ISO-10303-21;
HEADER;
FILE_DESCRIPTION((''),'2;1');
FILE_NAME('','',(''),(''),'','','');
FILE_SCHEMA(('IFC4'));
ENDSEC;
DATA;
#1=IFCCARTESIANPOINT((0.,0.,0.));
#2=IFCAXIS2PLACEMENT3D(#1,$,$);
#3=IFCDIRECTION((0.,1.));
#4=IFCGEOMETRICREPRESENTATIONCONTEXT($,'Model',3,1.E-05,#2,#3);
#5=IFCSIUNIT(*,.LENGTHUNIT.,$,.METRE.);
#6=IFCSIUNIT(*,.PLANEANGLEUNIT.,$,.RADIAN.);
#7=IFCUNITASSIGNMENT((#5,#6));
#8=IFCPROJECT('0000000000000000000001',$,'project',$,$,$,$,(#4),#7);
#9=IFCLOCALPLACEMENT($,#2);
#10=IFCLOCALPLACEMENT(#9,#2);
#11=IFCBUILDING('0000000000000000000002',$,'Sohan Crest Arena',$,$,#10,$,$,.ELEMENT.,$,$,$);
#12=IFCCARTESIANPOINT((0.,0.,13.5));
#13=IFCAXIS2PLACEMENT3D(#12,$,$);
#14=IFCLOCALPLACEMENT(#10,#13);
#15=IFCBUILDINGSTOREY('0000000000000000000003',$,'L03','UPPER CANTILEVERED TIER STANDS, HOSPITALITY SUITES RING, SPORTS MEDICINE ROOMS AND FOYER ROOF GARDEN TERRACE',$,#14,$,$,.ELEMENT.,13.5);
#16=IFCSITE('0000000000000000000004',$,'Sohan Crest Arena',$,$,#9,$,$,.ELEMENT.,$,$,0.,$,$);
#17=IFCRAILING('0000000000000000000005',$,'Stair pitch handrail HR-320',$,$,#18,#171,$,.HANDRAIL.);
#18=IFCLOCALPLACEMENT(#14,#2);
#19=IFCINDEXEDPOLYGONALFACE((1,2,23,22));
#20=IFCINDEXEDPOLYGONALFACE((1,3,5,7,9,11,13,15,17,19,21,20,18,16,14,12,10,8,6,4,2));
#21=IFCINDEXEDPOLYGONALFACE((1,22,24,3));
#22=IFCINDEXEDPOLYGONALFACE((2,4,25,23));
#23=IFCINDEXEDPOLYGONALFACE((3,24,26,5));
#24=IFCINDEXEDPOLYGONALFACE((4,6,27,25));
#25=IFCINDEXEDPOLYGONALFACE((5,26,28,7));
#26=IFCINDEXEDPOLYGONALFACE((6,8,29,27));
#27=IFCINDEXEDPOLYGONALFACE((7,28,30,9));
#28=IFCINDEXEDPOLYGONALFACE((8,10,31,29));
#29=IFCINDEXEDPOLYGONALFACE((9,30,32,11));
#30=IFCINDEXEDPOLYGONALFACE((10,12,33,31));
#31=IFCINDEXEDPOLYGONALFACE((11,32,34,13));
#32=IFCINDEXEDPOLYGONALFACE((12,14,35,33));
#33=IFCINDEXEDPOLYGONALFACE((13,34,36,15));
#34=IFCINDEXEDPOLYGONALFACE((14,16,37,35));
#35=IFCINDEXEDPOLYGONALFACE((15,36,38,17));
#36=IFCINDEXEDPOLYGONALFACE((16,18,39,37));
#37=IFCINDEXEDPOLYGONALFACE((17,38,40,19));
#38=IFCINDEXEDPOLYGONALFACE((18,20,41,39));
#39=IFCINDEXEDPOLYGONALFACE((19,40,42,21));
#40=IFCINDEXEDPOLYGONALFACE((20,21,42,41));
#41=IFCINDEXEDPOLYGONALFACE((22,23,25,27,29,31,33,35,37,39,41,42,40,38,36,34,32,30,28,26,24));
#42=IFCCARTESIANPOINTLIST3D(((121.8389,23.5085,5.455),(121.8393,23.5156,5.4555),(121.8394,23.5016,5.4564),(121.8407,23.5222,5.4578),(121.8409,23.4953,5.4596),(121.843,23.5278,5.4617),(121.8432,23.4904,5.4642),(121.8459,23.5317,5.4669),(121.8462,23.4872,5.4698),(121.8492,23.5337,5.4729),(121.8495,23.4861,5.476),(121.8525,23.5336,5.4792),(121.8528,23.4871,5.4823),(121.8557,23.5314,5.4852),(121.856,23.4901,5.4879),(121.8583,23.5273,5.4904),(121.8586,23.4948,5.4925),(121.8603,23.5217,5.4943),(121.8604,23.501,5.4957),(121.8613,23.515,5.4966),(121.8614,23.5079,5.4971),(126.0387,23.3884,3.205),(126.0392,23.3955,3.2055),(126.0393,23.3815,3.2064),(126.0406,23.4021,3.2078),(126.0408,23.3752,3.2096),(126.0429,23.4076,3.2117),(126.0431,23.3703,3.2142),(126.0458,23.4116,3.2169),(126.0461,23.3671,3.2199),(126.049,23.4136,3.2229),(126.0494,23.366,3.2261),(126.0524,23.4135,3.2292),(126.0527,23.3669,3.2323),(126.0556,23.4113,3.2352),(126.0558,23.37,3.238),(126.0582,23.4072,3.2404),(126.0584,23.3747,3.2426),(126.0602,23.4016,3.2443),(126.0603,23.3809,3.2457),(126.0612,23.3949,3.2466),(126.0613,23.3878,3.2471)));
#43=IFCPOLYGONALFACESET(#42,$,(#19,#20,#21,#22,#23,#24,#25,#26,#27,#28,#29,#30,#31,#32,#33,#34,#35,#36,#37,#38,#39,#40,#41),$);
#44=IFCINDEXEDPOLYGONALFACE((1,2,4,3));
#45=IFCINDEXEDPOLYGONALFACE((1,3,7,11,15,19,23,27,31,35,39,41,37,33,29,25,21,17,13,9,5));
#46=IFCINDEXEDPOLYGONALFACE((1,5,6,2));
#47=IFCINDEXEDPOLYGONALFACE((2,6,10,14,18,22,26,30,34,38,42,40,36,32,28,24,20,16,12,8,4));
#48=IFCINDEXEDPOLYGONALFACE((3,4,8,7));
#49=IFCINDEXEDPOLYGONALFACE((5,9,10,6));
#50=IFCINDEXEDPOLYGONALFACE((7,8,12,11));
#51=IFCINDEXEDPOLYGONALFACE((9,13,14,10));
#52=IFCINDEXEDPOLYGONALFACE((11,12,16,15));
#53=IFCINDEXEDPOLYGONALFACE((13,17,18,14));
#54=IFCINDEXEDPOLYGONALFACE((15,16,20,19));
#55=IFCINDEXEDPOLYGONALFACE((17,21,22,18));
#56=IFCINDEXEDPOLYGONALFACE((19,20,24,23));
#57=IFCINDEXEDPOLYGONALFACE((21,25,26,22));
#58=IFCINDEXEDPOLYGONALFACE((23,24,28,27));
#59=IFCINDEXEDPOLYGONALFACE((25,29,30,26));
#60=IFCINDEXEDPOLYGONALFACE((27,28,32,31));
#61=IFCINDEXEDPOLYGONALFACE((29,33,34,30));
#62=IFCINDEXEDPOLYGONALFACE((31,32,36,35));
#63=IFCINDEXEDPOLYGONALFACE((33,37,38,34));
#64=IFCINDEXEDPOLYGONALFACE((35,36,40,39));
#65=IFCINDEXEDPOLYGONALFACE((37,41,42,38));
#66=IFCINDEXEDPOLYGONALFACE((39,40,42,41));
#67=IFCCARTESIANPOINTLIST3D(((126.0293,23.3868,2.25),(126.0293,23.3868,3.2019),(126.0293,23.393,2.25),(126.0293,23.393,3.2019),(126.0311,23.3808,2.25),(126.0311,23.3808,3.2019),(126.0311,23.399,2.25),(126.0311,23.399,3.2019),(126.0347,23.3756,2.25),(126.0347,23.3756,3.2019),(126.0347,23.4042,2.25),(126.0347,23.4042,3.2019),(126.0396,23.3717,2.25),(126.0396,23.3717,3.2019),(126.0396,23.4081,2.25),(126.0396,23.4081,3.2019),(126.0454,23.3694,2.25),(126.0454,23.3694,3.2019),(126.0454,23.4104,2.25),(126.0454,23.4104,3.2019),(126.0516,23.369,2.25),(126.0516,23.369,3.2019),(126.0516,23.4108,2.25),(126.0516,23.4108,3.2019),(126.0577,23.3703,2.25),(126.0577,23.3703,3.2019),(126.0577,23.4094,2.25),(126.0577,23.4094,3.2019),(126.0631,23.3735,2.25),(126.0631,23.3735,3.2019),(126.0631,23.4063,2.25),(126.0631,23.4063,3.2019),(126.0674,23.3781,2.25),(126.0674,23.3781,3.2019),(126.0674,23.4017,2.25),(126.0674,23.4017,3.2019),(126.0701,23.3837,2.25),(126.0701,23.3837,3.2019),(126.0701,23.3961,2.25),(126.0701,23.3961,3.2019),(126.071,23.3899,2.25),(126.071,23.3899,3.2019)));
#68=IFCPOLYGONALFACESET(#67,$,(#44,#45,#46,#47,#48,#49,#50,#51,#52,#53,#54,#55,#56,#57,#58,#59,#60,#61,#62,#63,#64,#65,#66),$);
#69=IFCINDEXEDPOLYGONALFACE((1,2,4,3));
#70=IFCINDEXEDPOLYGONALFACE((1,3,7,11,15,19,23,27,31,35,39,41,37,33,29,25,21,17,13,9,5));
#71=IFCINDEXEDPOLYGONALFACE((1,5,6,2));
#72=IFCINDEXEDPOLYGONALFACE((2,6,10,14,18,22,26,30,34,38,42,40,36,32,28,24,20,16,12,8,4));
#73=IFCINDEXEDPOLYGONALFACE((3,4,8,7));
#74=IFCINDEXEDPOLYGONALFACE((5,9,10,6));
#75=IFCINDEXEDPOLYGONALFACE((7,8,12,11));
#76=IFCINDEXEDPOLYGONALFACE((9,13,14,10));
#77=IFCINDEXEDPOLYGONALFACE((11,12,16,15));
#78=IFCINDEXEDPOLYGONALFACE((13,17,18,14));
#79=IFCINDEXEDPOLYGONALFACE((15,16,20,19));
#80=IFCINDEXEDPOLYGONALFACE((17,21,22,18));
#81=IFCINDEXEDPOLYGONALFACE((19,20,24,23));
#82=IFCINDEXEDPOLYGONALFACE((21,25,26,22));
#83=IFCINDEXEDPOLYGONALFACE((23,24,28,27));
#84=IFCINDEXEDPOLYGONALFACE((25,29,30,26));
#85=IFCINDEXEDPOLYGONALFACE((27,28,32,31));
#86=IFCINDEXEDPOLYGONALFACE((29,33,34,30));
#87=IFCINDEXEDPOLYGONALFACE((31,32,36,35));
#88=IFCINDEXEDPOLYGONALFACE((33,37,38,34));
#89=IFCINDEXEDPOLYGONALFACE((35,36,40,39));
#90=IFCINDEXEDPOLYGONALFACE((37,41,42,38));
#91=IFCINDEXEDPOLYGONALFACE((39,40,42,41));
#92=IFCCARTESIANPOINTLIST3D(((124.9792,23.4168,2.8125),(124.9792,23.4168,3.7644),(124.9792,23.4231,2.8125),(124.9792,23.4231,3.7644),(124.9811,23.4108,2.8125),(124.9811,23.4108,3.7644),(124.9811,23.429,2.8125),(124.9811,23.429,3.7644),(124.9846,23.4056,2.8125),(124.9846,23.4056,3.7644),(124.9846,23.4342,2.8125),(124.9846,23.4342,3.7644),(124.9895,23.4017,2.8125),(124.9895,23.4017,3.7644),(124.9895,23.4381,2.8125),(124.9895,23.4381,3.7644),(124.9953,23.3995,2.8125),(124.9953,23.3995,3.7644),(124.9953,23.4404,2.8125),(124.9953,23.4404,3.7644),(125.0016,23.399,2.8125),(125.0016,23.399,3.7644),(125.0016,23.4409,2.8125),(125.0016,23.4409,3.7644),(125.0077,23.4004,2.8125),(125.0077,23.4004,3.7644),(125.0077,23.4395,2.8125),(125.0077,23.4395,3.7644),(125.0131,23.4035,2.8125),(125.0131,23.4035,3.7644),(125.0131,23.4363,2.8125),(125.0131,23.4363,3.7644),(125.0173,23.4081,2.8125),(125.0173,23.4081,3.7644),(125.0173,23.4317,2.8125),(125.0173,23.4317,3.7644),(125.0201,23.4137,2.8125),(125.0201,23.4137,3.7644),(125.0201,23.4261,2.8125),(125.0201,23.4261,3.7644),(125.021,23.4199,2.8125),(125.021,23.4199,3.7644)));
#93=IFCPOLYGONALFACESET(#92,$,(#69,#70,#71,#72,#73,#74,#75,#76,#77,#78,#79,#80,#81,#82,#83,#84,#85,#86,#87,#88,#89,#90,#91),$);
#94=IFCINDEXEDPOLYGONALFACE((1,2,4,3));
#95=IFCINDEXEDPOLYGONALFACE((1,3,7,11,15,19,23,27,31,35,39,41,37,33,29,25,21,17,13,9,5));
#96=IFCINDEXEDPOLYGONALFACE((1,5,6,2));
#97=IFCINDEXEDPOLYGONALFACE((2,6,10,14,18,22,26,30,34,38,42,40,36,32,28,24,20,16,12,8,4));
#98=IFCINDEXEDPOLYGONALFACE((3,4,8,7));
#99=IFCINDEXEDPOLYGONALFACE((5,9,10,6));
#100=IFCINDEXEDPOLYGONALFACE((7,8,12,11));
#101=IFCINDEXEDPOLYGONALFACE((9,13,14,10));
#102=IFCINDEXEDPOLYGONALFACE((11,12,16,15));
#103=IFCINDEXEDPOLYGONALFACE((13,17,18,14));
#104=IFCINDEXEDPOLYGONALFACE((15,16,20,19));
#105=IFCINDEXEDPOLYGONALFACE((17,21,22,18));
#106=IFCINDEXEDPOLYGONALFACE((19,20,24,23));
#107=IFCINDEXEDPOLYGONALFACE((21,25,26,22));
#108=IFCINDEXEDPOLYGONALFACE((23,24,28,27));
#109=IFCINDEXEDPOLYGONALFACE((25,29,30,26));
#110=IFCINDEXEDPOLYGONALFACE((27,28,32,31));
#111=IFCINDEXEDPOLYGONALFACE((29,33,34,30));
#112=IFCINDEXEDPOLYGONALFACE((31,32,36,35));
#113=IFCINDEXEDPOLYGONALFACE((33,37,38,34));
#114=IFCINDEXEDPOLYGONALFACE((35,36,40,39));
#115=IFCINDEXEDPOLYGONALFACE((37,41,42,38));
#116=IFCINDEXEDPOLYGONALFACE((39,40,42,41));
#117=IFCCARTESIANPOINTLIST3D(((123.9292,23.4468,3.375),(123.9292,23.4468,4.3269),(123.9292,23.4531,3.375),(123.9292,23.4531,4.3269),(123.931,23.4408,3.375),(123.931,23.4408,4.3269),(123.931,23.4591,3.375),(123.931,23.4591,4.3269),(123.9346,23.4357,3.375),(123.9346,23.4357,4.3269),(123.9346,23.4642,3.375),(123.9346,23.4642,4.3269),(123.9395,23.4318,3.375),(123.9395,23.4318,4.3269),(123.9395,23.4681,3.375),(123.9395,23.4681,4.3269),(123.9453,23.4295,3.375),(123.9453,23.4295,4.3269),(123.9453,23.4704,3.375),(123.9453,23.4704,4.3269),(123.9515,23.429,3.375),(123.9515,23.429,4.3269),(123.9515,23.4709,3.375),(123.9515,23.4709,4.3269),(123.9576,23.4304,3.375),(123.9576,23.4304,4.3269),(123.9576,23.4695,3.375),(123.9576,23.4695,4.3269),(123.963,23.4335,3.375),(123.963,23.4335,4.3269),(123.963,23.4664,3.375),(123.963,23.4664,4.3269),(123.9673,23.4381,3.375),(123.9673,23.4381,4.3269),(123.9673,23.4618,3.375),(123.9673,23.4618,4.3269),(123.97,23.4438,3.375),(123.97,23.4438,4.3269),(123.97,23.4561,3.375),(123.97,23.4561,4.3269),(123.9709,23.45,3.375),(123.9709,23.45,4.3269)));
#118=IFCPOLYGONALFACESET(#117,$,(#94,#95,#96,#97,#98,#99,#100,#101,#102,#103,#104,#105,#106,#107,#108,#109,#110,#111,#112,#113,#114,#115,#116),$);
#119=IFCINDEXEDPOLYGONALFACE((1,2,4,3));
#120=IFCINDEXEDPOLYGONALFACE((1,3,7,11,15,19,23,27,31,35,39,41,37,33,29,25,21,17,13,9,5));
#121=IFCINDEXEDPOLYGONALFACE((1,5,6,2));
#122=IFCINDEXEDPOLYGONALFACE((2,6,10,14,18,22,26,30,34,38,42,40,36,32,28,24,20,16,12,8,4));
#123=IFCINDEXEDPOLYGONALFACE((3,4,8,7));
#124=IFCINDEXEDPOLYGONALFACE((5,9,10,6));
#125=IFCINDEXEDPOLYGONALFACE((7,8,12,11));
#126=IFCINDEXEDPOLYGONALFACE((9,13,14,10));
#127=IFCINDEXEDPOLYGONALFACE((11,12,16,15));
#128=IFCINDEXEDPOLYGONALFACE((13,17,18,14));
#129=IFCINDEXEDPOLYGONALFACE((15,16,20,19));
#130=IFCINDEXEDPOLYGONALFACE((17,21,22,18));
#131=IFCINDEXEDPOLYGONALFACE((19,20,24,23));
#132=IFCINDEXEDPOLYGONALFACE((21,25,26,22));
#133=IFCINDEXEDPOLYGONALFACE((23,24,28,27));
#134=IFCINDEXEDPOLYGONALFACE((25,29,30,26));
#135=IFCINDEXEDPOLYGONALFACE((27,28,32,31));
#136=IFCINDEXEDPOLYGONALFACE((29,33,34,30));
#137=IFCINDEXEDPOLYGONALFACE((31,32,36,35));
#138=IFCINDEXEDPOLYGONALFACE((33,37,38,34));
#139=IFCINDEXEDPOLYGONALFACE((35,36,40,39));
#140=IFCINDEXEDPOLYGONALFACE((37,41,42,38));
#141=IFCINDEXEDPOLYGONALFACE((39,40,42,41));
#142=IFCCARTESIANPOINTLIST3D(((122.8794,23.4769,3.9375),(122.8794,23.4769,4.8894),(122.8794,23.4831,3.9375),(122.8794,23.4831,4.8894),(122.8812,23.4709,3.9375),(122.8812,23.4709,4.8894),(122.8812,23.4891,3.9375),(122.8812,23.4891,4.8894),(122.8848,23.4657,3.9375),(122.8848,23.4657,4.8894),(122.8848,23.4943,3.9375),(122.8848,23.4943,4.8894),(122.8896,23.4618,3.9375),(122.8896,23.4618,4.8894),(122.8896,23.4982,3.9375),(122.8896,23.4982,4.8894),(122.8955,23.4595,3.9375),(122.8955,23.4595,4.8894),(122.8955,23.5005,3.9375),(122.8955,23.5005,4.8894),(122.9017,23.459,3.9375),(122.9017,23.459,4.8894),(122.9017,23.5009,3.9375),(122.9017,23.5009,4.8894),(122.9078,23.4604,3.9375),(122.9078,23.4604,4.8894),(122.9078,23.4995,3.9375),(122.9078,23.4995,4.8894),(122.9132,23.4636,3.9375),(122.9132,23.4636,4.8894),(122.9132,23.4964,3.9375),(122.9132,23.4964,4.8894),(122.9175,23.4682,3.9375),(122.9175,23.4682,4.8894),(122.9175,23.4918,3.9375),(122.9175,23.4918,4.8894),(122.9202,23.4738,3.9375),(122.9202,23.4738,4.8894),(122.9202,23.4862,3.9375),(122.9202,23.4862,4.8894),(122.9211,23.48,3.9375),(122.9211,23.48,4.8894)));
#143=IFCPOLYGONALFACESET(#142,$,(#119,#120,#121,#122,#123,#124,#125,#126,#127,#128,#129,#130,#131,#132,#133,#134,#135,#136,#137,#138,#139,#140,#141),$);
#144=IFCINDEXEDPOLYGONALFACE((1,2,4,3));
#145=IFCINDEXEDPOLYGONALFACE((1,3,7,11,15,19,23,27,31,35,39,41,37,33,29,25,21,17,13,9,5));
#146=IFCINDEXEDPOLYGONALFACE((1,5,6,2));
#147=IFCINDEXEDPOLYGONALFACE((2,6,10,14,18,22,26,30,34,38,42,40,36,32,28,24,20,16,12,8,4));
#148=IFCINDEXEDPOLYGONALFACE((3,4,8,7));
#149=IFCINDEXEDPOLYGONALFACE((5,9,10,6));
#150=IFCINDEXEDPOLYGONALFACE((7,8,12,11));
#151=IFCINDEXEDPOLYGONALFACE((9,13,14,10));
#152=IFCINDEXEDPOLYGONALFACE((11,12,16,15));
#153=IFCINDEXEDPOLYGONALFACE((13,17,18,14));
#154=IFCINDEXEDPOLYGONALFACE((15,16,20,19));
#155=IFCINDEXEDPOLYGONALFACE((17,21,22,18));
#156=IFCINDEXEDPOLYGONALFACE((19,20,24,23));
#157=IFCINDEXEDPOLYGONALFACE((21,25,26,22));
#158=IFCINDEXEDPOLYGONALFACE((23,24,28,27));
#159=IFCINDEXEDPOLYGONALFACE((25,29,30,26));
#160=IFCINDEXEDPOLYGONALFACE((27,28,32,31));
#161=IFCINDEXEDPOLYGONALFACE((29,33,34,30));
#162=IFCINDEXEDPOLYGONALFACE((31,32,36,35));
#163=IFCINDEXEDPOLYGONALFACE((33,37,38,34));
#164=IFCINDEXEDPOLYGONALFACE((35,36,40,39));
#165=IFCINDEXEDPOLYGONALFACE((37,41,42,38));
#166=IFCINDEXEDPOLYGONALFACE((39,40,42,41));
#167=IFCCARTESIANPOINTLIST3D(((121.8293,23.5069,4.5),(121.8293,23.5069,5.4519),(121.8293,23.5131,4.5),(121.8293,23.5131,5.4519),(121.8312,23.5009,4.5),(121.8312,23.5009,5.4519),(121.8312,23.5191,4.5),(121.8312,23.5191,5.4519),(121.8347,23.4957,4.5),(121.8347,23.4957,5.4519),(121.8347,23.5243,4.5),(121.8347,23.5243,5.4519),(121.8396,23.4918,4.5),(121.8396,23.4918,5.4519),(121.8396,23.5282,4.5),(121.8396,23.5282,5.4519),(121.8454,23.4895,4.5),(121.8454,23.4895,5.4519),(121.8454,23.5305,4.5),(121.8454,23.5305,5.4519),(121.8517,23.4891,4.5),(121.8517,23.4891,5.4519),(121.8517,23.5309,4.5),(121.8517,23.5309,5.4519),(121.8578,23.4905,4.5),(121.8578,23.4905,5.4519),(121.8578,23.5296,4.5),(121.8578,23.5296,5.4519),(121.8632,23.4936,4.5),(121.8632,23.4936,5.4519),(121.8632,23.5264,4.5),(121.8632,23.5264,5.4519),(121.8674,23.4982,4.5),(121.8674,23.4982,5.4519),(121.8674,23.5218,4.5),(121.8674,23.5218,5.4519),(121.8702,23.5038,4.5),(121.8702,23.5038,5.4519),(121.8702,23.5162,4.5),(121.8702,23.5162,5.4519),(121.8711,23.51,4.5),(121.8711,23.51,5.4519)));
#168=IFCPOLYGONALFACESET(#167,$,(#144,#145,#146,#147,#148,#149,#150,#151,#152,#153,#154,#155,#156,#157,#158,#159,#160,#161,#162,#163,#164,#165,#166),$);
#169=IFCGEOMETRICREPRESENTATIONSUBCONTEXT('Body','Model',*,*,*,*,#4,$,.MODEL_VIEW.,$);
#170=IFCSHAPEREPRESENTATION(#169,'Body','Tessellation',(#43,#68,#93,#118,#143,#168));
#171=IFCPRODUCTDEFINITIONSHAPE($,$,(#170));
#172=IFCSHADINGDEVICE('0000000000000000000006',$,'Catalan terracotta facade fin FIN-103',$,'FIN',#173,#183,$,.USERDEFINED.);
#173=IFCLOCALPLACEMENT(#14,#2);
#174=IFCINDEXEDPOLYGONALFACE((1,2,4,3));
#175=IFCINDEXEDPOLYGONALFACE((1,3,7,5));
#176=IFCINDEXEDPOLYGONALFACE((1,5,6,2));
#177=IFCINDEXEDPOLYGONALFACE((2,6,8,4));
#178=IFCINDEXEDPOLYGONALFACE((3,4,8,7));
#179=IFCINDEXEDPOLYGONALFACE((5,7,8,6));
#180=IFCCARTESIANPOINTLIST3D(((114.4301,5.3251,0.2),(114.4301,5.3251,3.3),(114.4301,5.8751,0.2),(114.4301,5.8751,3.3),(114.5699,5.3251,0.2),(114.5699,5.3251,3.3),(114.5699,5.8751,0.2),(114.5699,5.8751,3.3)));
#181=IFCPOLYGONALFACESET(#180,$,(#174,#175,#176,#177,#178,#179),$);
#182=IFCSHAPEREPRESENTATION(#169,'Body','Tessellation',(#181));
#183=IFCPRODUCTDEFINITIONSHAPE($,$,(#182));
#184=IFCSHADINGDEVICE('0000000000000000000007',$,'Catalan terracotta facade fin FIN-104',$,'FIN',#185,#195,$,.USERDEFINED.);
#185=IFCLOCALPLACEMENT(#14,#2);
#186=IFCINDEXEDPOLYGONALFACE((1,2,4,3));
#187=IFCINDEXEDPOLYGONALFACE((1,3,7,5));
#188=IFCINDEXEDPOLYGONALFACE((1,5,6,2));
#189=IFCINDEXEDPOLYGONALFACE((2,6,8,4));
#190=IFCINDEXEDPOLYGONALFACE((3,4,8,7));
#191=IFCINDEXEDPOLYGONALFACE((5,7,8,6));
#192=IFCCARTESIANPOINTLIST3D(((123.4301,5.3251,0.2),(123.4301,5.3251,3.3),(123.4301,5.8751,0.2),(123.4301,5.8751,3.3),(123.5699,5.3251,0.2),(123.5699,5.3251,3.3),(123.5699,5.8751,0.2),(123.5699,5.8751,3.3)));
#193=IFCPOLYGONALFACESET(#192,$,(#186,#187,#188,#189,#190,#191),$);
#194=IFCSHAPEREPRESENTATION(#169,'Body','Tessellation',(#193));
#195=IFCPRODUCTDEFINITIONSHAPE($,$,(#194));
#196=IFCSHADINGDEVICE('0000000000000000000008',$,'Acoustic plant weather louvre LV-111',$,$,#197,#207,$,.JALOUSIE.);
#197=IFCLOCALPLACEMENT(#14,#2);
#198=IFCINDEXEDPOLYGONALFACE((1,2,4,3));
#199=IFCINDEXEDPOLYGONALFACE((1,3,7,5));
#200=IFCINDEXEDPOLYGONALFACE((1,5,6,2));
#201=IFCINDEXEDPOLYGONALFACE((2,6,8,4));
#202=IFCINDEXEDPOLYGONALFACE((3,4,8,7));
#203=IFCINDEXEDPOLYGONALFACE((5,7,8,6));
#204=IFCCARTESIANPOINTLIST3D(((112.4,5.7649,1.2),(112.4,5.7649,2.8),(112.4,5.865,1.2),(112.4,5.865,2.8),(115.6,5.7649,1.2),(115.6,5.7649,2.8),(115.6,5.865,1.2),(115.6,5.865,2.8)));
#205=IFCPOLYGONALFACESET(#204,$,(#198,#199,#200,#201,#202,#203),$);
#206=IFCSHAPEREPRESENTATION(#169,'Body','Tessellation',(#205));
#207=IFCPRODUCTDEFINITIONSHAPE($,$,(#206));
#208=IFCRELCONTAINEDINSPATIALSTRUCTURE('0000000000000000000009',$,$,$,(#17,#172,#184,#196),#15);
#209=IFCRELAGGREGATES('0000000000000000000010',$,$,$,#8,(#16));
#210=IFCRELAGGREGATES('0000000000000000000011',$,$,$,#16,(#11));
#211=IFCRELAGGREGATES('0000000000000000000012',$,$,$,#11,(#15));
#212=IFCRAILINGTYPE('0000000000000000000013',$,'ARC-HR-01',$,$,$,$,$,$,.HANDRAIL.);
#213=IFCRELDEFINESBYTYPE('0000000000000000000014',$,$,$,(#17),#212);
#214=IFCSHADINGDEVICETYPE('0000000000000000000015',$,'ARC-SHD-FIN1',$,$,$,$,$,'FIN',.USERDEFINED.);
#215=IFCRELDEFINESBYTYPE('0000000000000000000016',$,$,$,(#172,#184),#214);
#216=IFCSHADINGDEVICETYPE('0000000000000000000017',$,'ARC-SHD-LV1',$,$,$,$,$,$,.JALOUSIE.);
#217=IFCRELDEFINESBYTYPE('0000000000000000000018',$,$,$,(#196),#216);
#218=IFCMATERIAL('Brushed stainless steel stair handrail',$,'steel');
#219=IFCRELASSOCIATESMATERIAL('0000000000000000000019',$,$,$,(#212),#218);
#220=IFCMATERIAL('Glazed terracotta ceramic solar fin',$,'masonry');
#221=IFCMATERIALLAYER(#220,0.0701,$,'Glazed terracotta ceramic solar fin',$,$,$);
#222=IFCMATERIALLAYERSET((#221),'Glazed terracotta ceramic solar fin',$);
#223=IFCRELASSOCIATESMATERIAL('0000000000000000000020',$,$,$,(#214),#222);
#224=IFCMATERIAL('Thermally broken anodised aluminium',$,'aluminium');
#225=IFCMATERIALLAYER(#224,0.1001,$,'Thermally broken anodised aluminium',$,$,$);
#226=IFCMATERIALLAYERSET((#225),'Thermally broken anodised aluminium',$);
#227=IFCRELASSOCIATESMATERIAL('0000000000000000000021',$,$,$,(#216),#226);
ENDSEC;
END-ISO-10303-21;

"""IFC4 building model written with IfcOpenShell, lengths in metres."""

from ifc_helpers import new_model, si_unit, direction, frame, origin, origin_2d, place, context, subcontext, project, spatial, rectangle, circle, extrude, material, layer, layer_set, type_object, element, save


model = new_model("IFC4")

# Units and contexts
model_context = context("Model", 3, precision=1e-05, world=origin(), true_north=direction((0.0, 1.0)))
body_context = subcontext(model_context, "Body", "Model", "MODEL_VIEW")
ifc_project = project(units=[si_unit("LENGTHUNIT", "METRE"), si_unit("PLANEANGLEUNIT", "RADIAN")], contexts=[model_context])

# Site, building, storey
site_placement = place(None, origin())
site = spatial("IfcSite", under=ifc_project, at=site_placement, Name="Sohan Crest Arena", CompositionType="ELEMENT", RefElevation=0.0)
building_placement = place(site_placement, origin())
building = spatial("IfcBuilding", under=site, at=building_placement, Name="Sohan Crest Arena", CompositionType="ELEMENT")
storey_placement = place(building_placement, frame((0.0, 0.0, 13.5)))
storey = spatial("IfcBuildingStorey", under=building, at=storey_placement, Name="L03", Description="UPPER CANTILEVERED TIER STANDS, HOSPITALITY SUITES RING, SPORTS MEDICINE ROOMS AND FOYER ROOF GARDEN TERRACE", CompositionType="ELEMENT", Elevation=13.5)

# Railing
ifc_material_1 = material(Name="Brushed stainless steel stair handrail", Category="steel")
railing_type_1 = type_object("IfcRailingType", Name="ARC-HR-01", PredefinedType="HANDRAIL", material=ifc_material_1)
railing_1_placement = place(storey_placement, frame((126.05, 23.3899, 2.25)))
element("IfcRailing", 1, at=railing_1_placement, inside=storey, type_object=railing_type_1, Name="Stair pitch handrail HR-320", PredefinedType="HANDRAIL", context=body_context, shape_type="SweptSolid", body=[
    extrude(circle(Radius=0.0239, at=origin_2d()), frame((0.0, 0.0, 0.9761), z_axis=(-0.881198, 0.025202, 0.472076), x_axis=(-0.028588, -0.999591, 0.0)), (0.0, 0.0, 1.0), 4.7661),
    extrude(circle(Radius=0.021, at=origin_2d()), origin(), (0.0, 0.0, 1.0), 0.9519),
    extrude(circle(Radius=0.021, at=origin_2d()), frame((-1.05, 0.03, 0.5625)), (0.0, 0.0, 1.0), 0.9519),
    extrude(circle(Radius=0.021, at=origin_2d()), frame((-2.1001, 0.0601, 1.125)), (0.0, 0.0, 1.0), 0.9519),
    extrude(circle(Radius=0.021, at=origin_2d()), frame((-3.1499, 0.0901, 1.6875)), (0.0, 0.0, 1.0), 0.9519),
    extrude(circle(Radius=0.021, at=origin_2d()), frame((-4.2, 0.1201, 2.25)), (0.0, 0.0, 1.0), 0.9519),
])

# Shading devices
ifc_material_2 = material(Name="Glazed terracotta ceramic solar fin", Category="masonry")
ifc_layer_1 = layer(ifc_material_2, 0.0701, Name="Glazed terracotta ceramic solar fin")
ifc_layer_set_1 = layer_set([ifc_layer_1], Name="Glazed terracotta ceramic solar fin")
shading_device_type_1 = type_object("IfcShadingDeviceType", Name="ARC-SHD-FIN1", ElementType="FIN", PredefinedType="USERDEFINED", material=ifc_layer_set_1)
for number, where, z_axis, x_axis, name in (
    (2, (114.5, 5.6001, 0.2), (0.0, 0.0, 1.0), (1.0, 0.0, 0.0), "Catalan terracotta facade fin FIN-103"),
    (3, (123.5, 5.6001, 0.2), (0.0, 0.0, 1.0), (1.0, 0.0, 0.0), "Catalan terracotta facade fin FIN-104"),
):
    element("IfcShadingDevice", number, at=place(storey_placement, frame(where, z_axis=z_axis, x_axis=x_axis)), inside=storey, type_object=shading_device_type_1, Name=name, ObjectType="FIN", PredefinedType="USERDEFINED", context=body_context, shape_type="SweptSolid", body=[
        extrude(rectangle(XDim=0.1399, YDim=0.55, at=origin_2d()), origin(), (0.0, 0.0, 1.0), 3.1001),
    ])
ifc_material_3 = material(Name="Thermally broken anodised aluminium", Category="aluminium")
ifc_layer_2 = layer(ifc_material_3, 0.1001, Name="Thermally broken anodised aluminium")
ifc_layer_set_2 = layer_set([ifc_layer_2], Name="Thermally broken anodised aluminium")
shading_device_type_2 = type_object("IfcShadingDeviceType", Name="ARC-SHD-LV1", PredefinedType="JALOUSIE", material=ifc_layer_set_2)
shading_device_placement = place(storey_placement, frame((114.0, 5.8149, 1.2), z_axis=(0.0, 0.0, 1.0), x_axis=(1.0, 0.0, 0.0)))
element("IfcShadingDevice", 4, at=shading_device_placement, inside=storey, type_object=shading_device_type_2, Name="Acoustic plant weather louvre LV-111", PredefinedType="JALOUSIE", context=body_context, shape_type="SweptSolid", body=[
    extrude(rectangle(XDim=3.2, YDim=0.1001, at=origin_2d()), origin(), (0.0, 0.0, 1.0), 1.6001),
])

save(model, "model.ifc")
